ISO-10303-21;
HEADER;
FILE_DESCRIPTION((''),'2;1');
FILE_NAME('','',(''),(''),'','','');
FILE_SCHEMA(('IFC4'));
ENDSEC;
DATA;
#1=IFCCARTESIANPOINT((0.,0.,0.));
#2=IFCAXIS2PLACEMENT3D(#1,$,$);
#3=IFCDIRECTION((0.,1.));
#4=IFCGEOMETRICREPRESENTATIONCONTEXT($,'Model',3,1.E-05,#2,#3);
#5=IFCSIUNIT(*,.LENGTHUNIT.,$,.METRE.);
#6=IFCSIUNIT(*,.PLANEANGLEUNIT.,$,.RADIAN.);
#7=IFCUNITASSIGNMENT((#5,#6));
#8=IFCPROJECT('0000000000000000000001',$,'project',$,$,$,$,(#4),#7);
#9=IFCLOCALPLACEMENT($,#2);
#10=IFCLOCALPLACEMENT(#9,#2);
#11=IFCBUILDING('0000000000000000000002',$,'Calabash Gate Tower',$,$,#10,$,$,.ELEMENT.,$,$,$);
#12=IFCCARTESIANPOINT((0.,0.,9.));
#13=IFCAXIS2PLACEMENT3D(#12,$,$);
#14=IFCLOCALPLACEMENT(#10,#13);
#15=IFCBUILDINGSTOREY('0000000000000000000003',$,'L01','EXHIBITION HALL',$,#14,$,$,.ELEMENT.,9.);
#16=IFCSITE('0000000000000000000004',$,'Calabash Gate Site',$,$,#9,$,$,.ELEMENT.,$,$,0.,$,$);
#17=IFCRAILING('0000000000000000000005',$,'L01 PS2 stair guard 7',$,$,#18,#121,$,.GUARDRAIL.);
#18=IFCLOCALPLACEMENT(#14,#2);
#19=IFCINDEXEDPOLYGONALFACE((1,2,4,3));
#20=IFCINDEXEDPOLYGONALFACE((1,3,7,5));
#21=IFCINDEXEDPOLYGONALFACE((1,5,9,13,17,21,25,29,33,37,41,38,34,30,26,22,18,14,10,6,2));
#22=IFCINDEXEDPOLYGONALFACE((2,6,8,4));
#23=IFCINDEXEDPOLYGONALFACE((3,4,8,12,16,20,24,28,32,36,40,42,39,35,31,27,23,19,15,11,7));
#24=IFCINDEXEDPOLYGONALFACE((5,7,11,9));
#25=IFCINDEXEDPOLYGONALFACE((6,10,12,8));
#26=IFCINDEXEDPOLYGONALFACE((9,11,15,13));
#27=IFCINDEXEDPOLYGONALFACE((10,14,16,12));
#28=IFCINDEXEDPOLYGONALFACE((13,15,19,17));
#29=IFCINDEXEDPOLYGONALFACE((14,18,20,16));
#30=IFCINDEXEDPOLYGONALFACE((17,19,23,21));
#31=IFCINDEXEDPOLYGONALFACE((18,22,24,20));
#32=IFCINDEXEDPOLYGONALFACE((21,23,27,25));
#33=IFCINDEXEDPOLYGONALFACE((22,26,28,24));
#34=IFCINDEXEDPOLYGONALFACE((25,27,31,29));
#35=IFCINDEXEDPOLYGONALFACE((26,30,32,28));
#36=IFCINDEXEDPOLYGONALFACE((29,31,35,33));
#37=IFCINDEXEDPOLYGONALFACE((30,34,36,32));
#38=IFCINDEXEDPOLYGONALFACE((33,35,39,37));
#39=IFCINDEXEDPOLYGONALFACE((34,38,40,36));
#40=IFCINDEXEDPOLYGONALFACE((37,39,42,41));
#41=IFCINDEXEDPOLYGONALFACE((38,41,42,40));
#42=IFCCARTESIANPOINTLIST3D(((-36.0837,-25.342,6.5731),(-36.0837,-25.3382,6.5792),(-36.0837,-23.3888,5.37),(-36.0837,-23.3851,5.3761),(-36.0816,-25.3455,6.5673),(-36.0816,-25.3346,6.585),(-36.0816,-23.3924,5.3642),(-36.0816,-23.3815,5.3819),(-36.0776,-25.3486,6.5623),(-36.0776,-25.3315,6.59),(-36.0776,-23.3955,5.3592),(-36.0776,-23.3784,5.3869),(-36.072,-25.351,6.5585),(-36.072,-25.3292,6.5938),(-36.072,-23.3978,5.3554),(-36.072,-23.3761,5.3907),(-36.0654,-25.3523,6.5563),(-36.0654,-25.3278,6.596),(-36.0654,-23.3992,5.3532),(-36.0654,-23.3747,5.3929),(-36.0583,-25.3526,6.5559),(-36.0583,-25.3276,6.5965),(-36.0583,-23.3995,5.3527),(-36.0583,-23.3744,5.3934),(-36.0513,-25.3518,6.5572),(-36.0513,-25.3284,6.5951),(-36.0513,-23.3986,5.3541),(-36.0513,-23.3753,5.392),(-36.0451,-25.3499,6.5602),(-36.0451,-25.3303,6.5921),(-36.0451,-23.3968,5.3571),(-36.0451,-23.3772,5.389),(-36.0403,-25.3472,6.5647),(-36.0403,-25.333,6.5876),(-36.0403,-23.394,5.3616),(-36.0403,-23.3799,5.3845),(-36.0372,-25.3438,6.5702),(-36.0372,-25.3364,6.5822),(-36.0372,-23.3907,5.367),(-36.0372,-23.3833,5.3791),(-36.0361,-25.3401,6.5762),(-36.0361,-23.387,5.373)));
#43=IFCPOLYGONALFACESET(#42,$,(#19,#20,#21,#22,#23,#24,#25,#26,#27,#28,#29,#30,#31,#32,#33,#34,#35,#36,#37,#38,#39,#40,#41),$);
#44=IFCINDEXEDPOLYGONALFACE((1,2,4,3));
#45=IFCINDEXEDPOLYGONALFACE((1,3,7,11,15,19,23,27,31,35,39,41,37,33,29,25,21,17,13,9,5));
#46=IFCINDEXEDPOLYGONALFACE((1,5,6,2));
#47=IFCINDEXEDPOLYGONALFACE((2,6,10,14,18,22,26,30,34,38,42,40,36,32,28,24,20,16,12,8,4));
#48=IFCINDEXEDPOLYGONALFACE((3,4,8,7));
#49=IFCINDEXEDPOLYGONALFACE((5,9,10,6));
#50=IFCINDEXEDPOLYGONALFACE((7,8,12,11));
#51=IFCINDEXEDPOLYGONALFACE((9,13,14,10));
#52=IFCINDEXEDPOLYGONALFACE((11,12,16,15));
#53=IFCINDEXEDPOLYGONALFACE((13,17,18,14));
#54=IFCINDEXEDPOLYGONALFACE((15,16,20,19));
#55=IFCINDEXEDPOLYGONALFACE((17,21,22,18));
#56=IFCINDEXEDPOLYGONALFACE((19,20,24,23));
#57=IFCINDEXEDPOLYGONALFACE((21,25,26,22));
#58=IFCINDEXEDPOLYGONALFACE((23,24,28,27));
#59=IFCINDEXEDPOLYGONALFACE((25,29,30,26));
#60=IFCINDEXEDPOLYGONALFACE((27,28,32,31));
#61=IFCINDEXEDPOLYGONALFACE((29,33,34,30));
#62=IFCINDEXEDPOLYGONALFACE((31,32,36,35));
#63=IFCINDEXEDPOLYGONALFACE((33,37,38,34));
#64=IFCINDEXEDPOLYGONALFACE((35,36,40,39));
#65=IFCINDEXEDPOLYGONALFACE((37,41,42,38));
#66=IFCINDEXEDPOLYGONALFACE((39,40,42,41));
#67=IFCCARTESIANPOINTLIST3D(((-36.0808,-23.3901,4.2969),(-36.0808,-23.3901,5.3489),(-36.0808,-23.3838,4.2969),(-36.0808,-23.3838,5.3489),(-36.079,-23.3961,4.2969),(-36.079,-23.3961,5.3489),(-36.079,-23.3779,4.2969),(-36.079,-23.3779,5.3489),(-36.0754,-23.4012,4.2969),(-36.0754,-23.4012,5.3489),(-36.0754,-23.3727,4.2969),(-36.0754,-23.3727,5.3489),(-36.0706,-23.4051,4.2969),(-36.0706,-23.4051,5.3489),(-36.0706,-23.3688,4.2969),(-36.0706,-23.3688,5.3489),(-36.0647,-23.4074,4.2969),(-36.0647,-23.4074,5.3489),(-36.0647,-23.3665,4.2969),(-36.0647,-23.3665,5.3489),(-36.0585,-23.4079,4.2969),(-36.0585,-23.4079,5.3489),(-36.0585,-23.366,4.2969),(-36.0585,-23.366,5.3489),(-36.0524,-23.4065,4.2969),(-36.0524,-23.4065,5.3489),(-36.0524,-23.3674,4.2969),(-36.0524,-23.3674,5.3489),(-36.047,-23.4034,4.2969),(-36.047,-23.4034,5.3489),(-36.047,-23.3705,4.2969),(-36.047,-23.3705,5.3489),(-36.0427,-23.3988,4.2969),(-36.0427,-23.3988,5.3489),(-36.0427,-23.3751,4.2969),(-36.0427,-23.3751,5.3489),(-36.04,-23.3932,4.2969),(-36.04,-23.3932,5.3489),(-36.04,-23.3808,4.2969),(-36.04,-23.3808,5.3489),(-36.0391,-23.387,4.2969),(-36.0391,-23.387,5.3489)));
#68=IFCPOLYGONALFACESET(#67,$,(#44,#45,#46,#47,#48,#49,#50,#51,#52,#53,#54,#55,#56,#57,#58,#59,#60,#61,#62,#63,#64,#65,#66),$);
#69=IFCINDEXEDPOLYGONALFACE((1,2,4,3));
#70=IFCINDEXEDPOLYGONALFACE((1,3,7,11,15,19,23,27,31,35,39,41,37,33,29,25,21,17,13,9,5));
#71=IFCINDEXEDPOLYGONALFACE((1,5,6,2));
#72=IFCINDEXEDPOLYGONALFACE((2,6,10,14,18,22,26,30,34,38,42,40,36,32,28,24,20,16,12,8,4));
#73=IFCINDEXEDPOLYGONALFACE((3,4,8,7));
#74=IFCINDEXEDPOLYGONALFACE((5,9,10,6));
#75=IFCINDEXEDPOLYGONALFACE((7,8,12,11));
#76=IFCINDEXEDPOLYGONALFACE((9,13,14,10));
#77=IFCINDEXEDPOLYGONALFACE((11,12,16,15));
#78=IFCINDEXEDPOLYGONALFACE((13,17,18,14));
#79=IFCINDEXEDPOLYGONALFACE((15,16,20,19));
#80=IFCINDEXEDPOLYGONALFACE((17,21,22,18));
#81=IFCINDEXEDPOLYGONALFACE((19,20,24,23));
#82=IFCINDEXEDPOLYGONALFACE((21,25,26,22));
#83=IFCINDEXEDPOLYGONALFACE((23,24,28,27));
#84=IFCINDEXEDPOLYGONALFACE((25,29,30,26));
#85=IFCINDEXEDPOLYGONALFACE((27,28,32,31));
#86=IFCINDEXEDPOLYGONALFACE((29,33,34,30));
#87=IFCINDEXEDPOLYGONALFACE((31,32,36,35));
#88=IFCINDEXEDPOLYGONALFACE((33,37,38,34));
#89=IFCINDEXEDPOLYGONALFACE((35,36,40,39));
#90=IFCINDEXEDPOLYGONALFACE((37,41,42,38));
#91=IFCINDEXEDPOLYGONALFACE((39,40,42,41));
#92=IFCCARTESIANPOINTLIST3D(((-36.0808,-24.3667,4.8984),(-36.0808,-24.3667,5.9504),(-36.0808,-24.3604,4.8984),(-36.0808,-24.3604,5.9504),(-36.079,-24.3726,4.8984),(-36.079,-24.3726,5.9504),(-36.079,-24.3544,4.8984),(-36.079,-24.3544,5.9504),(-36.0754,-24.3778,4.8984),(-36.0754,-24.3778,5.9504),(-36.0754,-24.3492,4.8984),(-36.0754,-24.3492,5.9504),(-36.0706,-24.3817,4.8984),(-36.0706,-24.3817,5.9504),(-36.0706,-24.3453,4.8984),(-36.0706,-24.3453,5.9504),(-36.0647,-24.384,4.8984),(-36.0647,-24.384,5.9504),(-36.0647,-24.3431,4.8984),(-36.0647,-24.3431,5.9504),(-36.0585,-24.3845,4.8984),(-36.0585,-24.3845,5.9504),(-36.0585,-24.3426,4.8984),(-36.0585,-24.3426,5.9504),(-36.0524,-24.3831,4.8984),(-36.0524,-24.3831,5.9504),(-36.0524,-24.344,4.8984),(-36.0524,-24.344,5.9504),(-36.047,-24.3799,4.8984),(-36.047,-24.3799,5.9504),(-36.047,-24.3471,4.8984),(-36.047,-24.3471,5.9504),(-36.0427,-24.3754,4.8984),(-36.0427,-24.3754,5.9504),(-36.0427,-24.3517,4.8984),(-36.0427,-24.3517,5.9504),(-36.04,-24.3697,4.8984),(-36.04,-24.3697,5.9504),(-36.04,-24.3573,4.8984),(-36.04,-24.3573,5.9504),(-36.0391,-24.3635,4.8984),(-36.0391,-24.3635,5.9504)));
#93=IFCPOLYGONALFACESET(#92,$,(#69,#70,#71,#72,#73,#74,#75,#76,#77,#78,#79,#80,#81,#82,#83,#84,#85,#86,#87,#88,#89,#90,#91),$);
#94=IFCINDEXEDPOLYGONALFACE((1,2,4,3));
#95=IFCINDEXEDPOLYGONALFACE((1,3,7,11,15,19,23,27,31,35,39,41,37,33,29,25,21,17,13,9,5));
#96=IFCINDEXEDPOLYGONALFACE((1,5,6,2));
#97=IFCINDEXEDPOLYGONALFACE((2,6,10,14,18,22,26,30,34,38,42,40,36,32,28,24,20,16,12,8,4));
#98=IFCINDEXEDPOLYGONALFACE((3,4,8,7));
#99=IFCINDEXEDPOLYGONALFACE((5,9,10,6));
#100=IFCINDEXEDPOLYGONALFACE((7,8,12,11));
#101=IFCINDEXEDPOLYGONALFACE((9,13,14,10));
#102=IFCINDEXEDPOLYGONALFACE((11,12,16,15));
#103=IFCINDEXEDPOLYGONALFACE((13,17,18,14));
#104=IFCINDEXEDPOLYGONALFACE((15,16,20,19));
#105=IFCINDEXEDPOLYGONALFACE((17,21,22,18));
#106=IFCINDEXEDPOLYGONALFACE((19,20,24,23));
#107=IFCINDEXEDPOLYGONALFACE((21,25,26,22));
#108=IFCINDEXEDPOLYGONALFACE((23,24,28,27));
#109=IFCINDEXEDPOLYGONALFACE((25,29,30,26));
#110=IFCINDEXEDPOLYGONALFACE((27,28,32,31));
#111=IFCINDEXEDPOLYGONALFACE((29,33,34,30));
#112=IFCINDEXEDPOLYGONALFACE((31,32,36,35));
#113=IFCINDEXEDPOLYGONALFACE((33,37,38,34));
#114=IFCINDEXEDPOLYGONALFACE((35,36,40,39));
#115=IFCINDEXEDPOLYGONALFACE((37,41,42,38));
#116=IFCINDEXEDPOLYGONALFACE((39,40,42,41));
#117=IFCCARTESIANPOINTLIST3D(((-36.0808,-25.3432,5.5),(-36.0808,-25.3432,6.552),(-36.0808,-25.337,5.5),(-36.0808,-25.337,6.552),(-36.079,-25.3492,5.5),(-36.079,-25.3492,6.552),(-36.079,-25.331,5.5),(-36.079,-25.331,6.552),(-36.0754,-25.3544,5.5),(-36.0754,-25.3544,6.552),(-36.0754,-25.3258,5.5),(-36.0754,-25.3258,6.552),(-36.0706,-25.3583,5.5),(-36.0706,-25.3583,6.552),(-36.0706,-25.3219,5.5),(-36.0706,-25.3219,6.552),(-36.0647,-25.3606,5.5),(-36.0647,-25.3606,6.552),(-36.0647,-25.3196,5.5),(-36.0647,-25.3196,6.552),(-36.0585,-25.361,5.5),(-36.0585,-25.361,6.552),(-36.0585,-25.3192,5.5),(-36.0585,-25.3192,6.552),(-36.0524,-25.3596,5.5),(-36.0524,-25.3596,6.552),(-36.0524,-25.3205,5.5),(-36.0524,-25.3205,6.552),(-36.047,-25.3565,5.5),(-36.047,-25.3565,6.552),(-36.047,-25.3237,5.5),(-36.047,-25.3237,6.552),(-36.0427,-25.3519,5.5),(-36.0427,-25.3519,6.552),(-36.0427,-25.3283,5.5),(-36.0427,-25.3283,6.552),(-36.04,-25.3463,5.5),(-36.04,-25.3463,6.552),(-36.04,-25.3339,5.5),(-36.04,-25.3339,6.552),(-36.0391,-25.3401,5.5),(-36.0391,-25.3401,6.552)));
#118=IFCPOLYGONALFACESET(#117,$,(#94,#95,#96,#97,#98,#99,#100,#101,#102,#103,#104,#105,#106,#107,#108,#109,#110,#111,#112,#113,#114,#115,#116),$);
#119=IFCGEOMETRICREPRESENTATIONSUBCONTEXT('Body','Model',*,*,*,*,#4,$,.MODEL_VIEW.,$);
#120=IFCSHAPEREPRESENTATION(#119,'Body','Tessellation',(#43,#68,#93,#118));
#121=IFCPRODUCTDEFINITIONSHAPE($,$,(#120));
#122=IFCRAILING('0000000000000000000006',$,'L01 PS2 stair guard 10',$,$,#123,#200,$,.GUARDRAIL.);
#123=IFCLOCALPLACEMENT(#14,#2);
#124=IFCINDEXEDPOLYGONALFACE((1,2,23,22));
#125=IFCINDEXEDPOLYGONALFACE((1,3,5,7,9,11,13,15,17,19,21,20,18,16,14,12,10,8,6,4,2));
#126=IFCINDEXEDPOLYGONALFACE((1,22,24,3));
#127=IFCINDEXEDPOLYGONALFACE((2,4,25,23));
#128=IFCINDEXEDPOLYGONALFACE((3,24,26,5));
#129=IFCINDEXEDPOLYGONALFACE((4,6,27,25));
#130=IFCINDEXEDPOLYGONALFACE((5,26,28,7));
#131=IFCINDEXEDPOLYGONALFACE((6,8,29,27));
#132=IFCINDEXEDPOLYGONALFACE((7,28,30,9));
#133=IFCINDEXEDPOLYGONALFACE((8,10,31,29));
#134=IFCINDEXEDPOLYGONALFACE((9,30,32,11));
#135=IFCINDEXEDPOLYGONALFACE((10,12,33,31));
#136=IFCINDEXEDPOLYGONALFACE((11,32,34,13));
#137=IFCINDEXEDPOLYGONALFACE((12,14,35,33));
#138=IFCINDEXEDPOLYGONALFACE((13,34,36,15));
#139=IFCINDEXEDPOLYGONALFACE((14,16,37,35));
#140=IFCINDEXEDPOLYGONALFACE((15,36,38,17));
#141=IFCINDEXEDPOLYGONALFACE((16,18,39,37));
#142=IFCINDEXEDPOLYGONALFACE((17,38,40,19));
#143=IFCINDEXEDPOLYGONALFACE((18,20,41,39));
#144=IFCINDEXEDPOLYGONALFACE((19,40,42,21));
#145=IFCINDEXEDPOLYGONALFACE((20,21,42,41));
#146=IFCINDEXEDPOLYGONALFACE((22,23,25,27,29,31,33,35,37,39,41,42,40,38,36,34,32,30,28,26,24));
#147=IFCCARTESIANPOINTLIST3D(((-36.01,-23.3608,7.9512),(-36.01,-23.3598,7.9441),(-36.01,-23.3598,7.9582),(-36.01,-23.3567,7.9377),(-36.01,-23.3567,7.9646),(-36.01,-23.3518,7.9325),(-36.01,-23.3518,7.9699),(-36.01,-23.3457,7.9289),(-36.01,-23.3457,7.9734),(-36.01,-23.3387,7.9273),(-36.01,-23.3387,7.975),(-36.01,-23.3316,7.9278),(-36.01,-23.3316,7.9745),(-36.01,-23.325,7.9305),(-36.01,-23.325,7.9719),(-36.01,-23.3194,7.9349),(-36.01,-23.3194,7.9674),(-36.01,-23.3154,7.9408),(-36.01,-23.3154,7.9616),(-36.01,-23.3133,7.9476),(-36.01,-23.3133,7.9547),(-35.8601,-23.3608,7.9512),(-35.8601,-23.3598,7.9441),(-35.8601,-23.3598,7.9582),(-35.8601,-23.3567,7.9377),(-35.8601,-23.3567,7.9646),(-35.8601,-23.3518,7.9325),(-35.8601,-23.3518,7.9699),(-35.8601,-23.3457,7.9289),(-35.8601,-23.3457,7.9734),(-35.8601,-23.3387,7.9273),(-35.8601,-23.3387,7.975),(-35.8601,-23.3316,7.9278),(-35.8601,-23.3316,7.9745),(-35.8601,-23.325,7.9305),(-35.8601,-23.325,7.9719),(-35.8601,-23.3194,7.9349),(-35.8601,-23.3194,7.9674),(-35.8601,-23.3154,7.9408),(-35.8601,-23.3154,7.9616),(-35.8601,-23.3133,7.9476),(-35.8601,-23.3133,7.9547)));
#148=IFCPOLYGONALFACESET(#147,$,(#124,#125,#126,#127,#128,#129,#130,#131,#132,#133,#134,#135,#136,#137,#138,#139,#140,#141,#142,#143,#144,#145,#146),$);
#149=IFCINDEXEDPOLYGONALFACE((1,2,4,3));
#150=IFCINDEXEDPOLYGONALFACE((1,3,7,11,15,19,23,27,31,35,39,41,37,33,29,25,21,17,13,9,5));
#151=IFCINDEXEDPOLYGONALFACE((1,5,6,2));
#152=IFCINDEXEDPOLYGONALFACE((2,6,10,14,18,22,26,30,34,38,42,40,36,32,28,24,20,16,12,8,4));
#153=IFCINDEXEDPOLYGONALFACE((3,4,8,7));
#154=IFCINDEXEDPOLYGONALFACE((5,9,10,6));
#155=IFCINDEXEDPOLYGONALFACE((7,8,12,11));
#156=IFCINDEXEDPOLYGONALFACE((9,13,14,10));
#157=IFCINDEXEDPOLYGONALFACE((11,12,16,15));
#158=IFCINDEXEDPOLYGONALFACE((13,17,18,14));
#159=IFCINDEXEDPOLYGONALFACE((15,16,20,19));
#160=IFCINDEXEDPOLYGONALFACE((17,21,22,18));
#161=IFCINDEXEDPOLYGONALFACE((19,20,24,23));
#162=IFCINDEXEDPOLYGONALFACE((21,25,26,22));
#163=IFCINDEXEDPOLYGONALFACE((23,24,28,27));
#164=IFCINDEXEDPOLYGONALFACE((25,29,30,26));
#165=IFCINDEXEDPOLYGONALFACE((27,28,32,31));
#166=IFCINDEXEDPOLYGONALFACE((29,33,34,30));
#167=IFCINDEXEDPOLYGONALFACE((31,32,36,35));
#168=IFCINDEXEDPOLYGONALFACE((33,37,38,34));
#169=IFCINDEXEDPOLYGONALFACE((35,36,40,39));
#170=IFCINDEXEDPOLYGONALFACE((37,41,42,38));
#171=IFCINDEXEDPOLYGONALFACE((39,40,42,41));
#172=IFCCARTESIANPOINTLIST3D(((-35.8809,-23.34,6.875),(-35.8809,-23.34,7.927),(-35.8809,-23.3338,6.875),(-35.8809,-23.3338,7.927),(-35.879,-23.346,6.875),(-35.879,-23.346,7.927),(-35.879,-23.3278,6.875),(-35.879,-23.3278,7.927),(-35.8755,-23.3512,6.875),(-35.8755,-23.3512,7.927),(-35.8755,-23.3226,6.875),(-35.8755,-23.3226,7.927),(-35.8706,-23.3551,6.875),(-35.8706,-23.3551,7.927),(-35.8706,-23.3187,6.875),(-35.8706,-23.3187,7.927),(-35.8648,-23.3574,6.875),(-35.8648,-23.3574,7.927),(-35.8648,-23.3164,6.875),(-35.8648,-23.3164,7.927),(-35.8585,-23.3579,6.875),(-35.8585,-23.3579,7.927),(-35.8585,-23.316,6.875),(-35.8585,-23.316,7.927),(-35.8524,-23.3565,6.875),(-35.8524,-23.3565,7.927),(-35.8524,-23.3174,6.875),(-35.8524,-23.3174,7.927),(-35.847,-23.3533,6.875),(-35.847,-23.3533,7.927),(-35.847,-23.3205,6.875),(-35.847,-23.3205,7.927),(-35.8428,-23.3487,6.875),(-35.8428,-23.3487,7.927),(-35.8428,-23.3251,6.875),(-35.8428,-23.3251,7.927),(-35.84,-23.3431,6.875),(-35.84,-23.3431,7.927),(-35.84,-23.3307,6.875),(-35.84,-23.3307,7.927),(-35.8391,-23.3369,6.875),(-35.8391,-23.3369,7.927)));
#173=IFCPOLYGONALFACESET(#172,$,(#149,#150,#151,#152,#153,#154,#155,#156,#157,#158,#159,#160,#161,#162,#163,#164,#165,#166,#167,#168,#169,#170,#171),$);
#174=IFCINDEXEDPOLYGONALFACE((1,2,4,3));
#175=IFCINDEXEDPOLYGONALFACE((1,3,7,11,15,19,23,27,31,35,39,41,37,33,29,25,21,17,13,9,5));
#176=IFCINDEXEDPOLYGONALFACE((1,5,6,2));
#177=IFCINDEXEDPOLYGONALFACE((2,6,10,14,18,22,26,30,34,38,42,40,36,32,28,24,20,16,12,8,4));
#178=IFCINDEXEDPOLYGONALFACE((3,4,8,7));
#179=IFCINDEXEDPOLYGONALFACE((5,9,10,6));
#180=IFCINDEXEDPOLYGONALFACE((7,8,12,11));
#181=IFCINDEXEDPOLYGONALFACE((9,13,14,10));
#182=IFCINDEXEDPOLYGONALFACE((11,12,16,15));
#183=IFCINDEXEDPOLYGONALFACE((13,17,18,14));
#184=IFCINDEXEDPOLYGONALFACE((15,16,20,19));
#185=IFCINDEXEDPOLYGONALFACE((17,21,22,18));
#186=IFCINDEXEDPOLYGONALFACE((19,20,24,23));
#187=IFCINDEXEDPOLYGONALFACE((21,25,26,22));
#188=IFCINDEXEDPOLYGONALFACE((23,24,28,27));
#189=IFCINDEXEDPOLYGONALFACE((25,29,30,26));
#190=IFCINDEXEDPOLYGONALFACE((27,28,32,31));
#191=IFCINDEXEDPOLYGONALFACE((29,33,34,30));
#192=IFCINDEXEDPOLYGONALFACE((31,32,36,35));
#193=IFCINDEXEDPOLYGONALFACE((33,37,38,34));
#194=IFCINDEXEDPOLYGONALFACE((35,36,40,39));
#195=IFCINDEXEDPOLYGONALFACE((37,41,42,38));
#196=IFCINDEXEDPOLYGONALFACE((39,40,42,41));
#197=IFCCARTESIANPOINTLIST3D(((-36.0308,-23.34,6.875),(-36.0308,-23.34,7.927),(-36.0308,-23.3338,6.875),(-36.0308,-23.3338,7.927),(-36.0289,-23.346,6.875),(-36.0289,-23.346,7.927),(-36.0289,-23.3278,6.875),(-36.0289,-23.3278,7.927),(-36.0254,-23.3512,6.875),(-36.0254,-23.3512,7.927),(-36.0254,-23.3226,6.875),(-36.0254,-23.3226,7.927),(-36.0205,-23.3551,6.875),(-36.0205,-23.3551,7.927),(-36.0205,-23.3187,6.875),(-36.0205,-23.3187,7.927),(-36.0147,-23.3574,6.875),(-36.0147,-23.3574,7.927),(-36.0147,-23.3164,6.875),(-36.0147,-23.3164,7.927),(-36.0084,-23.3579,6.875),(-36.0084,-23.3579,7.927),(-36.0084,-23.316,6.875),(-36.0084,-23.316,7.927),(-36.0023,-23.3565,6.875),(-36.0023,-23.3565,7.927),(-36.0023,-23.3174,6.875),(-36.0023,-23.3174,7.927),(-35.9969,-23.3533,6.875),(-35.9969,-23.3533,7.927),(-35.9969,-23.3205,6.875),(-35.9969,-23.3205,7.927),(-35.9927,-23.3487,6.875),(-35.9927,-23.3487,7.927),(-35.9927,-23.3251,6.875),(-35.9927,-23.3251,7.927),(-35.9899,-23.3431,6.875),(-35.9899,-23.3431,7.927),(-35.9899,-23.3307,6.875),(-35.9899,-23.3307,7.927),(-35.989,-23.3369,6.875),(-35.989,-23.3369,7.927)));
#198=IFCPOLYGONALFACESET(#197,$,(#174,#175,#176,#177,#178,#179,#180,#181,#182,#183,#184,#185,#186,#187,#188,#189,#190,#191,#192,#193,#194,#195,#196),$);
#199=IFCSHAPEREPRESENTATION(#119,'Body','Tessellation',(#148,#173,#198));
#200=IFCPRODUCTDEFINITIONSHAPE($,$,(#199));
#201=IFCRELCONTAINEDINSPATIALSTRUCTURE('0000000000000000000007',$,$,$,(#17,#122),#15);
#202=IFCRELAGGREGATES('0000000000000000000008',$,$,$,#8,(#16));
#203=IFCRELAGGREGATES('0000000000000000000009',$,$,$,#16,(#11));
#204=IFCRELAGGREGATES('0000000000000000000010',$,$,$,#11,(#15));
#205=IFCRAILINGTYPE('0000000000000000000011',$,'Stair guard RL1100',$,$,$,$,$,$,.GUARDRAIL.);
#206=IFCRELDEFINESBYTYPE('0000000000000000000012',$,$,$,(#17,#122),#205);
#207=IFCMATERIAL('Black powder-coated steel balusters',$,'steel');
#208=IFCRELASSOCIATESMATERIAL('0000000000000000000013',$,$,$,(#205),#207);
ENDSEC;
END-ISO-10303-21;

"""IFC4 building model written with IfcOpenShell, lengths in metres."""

from ifc_helpers import new_model, si_unit, direction, frame, origin, origin_2d, place, context, subcontext, project, spatial, circle, extrude, material, type_object, element, save


model = new_model("IFC4")

# Units and contexts
model_context = context("Model", 3, precision=1e-05, world=origin(), true_north=direction((0.0, 1.0)))
body_context = subcontext(model_context, "Body", "Model", "MODEL_VIEW")
ifc_project = project(units=[si_unit("LENGTHUNIT", "METRE"), si_unit("PLANEANGLEUNIT", "RADIAN")], contexts=[model_context])

# Site, building, storey
site_placement = place(None, origin())
site = spatial("IfcSite", under=ifc_project, at=site_placement, Name="Calabash Gate Site", CompositionType="ELEMENT", RefElevation=0.0)
building_placement = place(site_placement, origin())
building = spatial("IfcBuilding", under=site, at=building_placement, Name="Calabash Gate Tower", CompositionType="ELEMENT")
storey_placement = place(building_placement, frame((0.0, 0.0, 9.0)))
storey = spatial("IfcBuildingStorey", under=building, at=storey_placement, Name="L01", Description="EXHIBITION HALL", CompositionType="ELEMENT", Elevation=9.0)

# Railings
ifc_material_1 = material(Name="Black powder-coated steel balusters", Category="steel")
railing_type_1 = type_object("IfcRailingType", Name="Stair guard RL1100", PredefinedType="GUARDRAIL", material=ifc_material_1)
railing_1_placement = place(storey_placement, frame((-36.0601, -23.387, 4.2969)))
element("IfcRailing", 1, at=railing_1_placement, inside=storey, type_object=railing_type_1, Name="L01 PS2 stair guard 7", PredefinedType="GUARDRAIL", context=body_context, shape_type="SweptSolid", body=[
    extrude(circle(Radius=0.0239, at=origin_2d()), frame((0.0, 0.0, 1.0762), z_axis=(0.0, -0.851424, 0.524477), x_axis=(1.0, 0.0, 0.0)), (0.0, 0.0, 1.0), 2.2939),
    extrude(circle(Radius=0.021, at=origin_2d()), origin(), (0.0, 0.0, 1.0), 1.052),
    extrude(circle(Radius=0.021, at=origin_2d()), frame((0.0, -0.9766, 0.6016)), (0.0, 0.0, 1.0), 1.052),
    extrude(circle(Radius=0.021, at=origin_2d()), frame((0.0, -1.9531, 1.2031)), (0.0, 0.0, 1.0), 1.052),
])
railing_2_placement = place(storey_placement, frame((-35.8601, -23.3369, 6.875)))
element("IfcRailing", 2, at=railing_2_placement, inside=storey, type_object=railing_type_1, Name="L01 PS2 stair guard 10", PredefinedType="GUARDRAIL", context=body_context, shape_type="SweptSolid", body=[
    extrude(circle(Radius=0.0239, at=origin_2d()), frame((0.0, 0.0, 1.0762), z_axis=(-1.0, 0.0, 0.0), x_axis=(0.0, -1.0, 0.0)), (0.0, 0.0, 1.0), 0.1499),
    extrude(circle(Radius=0.021, at=origin_2d()), origin(), (0.0, 0.0, 1.0), 1.052),
    extrude(circle(Radius=0.021, at=origin_2d()), frame((-0.1499, 0.0, 0.0)), (0.0, 0.0, 1.0), 1.052),
])

save(model, "model.ifc")
